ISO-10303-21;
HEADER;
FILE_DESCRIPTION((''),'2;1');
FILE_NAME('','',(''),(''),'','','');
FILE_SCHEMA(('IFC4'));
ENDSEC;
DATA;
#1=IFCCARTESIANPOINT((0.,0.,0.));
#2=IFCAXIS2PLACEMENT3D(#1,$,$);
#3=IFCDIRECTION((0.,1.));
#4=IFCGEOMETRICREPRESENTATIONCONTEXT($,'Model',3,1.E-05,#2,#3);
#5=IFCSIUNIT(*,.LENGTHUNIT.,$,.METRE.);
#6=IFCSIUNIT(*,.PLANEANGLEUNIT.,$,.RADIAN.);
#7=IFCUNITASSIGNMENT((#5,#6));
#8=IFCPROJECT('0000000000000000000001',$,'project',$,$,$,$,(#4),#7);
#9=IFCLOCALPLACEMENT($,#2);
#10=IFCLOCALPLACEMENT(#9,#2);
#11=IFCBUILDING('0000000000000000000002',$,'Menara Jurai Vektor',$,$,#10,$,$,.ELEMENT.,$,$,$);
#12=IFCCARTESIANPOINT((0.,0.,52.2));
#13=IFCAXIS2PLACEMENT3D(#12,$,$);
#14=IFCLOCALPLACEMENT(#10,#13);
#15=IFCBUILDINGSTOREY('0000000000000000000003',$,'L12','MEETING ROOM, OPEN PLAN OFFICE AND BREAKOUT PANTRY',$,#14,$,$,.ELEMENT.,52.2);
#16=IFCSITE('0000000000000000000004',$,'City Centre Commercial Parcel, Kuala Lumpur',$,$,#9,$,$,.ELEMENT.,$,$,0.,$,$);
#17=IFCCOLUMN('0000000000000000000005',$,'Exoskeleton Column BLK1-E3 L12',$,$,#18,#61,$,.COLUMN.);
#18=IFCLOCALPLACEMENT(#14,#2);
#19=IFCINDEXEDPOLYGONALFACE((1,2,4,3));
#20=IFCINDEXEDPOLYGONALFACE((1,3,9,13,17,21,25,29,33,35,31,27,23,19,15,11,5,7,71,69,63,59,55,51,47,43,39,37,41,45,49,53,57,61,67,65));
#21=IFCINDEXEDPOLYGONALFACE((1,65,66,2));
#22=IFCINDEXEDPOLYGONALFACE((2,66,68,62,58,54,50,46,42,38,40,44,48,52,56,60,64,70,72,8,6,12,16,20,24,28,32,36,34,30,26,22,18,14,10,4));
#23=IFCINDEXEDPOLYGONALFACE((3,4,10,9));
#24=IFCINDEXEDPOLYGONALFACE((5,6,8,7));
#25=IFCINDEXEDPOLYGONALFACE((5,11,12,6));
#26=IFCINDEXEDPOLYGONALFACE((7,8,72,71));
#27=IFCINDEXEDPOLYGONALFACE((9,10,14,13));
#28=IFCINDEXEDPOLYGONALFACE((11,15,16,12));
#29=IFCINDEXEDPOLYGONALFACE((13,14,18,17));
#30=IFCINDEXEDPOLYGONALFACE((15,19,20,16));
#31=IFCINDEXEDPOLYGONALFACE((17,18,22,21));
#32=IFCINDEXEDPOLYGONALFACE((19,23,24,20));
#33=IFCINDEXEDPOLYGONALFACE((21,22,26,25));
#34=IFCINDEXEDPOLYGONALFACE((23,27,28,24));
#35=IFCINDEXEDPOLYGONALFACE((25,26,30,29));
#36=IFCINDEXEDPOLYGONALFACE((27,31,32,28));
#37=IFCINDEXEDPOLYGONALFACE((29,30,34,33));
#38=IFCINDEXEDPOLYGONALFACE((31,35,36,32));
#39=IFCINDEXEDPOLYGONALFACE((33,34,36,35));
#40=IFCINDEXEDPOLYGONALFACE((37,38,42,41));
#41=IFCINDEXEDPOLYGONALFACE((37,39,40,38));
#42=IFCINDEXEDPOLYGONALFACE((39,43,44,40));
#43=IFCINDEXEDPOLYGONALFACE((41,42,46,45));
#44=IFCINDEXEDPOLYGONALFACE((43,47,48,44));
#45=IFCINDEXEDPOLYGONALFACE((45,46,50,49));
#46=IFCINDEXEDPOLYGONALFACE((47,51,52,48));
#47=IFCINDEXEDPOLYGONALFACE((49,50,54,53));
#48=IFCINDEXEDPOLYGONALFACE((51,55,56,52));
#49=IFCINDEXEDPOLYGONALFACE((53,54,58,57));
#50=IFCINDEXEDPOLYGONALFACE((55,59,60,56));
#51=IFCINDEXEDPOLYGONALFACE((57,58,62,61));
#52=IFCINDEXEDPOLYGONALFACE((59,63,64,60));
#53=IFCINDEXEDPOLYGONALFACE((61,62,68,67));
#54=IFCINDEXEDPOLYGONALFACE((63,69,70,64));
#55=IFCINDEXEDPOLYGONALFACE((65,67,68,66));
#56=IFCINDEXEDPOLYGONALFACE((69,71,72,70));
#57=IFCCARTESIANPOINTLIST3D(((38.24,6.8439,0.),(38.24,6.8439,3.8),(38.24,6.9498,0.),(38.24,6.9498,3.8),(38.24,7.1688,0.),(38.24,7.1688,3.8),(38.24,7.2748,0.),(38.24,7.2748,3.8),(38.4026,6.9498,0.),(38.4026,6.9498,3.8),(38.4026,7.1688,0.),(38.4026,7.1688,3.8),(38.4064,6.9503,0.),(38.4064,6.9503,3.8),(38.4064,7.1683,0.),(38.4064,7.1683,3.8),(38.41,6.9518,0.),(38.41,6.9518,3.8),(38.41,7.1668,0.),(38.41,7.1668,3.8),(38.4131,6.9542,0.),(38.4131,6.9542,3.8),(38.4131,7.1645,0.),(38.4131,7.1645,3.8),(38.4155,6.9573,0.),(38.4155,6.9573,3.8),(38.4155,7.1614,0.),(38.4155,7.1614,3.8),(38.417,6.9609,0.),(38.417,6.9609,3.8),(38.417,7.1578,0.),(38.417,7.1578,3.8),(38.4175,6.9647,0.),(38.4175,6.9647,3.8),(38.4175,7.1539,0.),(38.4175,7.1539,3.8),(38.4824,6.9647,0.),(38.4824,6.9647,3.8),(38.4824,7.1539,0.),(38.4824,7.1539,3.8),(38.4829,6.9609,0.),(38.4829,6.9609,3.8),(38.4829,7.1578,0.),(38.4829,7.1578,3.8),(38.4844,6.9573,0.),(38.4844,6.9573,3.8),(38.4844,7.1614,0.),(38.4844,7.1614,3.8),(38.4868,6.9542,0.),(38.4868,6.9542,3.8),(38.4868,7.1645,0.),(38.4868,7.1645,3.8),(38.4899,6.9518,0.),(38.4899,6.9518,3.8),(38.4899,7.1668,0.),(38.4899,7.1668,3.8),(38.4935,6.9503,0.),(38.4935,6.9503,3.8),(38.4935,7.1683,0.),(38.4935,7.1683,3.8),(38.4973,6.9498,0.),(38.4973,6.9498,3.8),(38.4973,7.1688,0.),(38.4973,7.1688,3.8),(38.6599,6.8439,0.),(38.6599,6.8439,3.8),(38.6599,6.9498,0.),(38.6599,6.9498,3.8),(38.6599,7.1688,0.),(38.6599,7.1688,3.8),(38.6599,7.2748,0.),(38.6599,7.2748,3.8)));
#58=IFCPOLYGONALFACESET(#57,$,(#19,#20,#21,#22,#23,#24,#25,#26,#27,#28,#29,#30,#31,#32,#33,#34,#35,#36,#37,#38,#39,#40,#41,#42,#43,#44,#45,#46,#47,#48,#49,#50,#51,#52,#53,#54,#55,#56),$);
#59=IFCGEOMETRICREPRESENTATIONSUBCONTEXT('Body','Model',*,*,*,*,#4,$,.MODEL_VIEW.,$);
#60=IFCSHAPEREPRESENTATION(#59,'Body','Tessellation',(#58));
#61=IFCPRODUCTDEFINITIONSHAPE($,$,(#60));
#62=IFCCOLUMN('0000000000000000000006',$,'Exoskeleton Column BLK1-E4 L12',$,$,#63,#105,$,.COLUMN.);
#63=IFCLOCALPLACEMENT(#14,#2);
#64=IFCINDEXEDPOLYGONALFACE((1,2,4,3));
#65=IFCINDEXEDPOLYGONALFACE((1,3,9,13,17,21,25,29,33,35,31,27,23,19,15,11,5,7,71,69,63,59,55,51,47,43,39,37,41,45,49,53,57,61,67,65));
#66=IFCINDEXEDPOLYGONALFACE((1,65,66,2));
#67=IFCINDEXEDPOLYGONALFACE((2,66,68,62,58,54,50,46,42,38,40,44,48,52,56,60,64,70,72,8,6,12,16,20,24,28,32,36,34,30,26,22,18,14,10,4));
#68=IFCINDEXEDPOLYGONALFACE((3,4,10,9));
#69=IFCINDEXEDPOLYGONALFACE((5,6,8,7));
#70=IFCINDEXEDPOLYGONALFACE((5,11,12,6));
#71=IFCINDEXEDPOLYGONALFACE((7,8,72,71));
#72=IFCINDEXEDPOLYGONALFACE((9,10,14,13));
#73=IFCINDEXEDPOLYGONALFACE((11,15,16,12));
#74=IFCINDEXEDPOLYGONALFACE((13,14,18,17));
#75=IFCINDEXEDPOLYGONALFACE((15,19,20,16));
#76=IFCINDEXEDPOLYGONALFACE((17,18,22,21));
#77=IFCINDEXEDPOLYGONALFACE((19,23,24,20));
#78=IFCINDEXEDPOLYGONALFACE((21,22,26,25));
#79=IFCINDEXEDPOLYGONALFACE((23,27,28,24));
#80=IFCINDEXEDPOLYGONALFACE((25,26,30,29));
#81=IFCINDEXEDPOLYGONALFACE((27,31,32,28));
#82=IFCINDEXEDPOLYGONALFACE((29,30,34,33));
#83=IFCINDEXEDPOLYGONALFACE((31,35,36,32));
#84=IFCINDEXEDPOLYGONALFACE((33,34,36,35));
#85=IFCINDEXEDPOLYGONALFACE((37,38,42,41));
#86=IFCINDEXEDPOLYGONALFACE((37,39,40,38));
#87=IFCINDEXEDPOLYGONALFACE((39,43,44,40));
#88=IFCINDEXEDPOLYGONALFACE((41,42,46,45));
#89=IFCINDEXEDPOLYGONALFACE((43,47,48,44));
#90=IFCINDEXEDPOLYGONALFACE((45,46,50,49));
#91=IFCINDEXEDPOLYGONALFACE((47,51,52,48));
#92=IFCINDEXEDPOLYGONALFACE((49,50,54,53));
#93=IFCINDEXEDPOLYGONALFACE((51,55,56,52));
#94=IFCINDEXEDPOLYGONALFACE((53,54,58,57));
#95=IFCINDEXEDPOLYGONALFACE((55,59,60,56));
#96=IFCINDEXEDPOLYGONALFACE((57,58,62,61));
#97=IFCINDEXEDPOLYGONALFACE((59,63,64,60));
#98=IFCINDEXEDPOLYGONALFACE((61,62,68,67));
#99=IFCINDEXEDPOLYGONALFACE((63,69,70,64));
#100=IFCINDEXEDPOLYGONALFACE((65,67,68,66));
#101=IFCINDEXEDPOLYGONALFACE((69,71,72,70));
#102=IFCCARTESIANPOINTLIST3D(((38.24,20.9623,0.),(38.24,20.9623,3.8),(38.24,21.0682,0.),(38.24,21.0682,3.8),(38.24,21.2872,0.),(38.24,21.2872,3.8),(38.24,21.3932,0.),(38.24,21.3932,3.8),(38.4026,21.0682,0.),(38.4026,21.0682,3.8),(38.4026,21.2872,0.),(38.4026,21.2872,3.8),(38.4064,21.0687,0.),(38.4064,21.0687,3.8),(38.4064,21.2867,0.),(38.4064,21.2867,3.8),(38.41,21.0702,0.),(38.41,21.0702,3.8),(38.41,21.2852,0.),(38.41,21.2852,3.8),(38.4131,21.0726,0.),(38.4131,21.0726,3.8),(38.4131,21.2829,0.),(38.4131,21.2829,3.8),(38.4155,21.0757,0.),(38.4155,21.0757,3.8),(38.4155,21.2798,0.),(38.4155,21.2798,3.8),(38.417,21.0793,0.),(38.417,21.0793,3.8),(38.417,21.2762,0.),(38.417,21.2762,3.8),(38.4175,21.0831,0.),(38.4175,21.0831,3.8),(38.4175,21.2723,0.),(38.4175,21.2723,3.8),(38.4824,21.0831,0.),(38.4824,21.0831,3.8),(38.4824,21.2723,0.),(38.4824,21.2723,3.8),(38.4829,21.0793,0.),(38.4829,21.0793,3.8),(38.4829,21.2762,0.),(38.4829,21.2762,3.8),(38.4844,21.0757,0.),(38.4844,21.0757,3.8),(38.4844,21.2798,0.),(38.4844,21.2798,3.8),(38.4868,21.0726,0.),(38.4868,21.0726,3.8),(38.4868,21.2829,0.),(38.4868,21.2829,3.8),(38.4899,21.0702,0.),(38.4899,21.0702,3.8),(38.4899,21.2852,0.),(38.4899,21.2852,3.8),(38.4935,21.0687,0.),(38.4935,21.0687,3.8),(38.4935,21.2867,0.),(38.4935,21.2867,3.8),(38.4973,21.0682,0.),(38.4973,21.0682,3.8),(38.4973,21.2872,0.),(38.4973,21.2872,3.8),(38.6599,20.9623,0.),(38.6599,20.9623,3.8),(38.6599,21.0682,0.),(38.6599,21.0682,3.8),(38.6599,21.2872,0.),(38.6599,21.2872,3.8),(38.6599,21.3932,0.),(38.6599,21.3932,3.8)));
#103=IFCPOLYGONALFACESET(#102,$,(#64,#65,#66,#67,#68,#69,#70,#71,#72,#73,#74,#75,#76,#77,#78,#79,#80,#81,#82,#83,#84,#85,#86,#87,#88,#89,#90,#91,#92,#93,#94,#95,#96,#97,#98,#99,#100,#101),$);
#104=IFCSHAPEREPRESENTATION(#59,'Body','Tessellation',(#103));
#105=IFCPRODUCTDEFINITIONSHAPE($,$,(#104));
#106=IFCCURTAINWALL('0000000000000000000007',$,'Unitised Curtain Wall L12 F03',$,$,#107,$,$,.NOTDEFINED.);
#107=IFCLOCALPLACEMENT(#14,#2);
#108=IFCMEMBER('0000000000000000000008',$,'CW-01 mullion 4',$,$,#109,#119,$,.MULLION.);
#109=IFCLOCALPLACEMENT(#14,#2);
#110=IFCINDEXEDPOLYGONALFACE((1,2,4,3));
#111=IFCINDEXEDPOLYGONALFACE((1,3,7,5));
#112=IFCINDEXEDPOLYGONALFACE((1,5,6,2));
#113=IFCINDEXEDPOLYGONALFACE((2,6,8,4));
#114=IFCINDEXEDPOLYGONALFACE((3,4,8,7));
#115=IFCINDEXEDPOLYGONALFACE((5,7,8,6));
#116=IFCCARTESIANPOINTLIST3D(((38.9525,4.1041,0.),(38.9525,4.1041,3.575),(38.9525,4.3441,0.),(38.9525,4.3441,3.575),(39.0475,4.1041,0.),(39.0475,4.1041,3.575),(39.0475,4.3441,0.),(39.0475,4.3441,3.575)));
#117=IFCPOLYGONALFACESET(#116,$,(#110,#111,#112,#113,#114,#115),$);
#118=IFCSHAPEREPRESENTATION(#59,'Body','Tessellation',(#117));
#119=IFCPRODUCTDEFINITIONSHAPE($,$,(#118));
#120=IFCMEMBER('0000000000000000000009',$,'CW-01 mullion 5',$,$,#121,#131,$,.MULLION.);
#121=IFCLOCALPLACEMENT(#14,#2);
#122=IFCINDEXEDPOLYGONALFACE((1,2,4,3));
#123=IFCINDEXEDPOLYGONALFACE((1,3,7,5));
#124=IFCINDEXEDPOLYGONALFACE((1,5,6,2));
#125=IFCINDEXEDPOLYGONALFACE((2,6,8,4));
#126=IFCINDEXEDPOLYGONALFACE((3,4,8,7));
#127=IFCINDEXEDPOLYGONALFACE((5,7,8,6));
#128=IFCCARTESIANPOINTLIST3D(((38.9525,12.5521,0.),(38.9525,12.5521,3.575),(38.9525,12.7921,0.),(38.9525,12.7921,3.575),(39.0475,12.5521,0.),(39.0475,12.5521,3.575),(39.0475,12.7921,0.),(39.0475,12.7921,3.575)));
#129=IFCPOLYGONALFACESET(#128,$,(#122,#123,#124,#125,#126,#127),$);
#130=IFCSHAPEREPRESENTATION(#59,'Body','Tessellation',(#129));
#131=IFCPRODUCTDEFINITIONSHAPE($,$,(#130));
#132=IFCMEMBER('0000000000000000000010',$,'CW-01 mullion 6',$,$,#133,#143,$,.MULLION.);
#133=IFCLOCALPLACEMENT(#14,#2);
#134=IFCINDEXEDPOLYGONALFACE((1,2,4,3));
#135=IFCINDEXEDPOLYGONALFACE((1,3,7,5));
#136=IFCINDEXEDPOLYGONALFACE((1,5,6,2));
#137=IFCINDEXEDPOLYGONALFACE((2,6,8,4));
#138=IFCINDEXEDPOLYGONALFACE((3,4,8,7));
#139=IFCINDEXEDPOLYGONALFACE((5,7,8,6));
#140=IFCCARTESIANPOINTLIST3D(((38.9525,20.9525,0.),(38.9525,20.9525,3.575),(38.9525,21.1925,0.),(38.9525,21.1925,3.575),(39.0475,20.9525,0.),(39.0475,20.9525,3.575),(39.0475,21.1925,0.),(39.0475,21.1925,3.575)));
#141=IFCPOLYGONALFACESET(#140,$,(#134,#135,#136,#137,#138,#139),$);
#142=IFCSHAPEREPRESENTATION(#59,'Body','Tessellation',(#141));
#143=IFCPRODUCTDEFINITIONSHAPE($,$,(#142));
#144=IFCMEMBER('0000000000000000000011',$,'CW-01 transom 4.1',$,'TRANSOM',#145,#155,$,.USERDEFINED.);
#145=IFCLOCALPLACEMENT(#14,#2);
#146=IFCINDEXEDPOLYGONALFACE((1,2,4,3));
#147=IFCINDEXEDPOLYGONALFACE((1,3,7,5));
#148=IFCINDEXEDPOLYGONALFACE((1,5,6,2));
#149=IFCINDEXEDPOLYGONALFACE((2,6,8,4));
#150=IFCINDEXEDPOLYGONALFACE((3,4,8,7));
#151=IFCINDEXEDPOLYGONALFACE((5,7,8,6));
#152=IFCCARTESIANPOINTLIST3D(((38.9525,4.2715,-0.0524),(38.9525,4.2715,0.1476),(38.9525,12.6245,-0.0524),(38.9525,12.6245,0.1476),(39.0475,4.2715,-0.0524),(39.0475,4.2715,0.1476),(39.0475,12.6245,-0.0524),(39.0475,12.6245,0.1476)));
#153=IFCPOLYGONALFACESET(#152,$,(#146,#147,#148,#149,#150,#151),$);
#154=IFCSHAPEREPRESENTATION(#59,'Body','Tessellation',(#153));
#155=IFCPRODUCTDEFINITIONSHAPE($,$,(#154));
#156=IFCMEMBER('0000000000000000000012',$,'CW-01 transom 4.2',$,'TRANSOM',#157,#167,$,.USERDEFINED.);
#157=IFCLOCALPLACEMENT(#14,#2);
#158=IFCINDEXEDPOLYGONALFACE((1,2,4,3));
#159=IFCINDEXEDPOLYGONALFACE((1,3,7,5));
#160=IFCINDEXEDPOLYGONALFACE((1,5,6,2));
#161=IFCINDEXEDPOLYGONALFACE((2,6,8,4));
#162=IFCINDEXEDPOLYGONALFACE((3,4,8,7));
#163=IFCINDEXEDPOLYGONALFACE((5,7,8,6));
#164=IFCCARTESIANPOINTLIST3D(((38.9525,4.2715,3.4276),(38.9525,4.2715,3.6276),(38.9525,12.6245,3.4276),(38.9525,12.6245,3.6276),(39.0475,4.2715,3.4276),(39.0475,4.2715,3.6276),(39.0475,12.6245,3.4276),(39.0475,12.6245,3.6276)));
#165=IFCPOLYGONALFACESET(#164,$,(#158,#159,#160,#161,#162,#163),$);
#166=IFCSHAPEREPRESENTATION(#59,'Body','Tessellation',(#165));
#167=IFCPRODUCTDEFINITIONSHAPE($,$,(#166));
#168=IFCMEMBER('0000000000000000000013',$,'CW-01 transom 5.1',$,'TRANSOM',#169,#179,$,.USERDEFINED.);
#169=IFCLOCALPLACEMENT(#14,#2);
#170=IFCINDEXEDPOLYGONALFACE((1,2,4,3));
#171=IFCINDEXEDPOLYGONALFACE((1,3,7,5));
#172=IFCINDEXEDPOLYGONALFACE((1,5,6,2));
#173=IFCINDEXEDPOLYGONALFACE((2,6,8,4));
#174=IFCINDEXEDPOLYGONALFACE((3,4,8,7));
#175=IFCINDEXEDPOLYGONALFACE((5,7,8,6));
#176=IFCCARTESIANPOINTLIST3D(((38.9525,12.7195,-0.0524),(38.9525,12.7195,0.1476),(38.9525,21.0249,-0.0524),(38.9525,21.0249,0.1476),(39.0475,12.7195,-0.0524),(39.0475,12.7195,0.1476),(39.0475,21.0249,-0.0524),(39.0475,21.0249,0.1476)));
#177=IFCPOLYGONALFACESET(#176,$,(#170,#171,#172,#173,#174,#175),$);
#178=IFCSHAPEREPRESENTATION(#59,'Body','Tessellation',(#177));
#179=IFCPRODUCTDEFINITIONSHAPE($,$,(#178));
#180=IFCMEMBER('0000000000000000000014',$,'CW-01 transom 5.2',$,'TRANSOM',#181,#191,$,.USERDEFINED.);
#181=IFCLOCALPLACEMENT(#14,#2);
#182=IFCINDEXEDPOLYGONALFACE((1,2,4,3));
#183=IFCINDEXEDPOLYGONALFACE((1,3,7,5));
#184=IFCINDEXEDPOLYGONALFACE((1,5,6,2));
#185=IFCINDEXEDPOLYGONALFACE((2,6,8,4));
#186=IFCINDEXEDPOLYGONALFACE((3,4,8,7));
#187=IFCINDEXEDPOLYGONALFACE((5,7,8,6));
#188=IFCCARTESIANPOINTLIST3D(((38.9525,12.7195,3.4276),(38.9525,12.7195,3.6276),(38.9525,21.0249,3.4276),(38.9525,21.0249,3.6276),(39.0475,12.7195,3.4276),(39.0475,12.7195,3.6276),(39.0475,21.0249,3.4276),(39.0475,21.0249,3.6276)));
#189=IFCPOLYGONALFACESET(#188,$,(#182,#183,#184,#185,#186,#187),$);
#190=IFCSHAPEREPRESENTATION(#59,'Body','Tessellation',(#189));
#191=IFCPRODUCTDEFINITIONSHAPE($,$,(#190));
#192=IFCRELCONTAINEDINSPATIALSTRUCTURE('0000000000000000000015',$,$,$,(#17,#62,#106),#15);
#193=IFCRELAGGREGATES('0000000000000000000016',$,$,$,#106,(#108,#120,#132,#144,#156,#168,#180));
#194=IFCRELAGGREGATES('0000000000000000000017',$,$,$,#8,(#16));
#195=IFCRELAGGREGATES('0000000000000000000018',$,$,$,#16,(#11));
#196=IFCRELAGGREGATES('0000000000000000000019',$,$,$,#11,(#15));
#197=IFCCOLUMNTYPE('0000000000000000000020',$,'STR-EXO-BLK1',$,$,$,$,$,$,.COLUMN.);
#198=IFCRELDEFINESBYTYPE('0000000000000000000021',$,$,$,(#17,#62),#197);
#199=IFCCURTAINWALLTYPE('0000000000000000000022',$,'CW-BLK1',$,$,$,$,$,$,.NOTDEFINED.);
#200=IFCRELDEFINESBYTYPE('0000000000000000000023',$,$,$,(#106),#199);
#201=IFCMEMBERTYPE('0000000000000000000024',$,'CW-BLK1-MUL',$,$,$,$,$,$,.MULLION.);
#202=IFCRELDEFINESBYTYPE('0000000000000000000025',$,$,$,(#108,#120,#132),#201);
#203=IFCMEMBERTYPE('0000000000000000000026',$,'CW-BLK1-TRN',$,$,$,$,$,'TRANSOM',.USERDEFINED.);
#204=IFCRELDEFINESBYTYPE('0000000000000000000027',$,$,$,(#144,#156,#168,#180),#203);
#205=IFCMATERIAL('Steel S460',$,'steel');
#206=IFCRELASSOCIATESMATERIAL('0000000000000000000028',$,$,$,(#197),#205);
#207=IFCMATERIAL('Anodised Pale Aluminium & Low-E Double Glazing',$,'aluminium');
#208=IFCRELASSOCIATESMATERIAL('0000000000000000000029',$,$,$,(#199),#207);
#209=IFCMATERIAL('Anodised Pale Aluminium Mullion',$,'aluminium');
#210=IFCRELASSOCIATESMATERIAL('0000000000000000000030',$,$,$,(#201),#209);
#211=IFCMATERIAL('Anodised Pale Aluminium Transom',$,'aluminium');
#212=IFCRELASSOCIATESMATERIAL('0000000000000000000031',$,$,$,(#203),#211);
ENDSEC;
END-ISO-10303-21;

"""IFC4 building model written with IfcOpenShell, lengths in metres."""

from ifc_helpers import new_model, si_unit, direction, frame, origin, origin_2d, place, context, subcontext, project, spatial, rectangle, i_section, extrude, material, material_profile, profile_set, type_object, element, aggregate, save


model = new_model("IFC4")

# Units and contexts
model_context = context("Model", 3, precision=1e-05, world=origin(), true_north=direction((0.0, 1.0)))
body_context = subcontext(model_context, "Body", "Model", "MODEL_VIEW")
ifc_project = project(units=[si_unit("LENGTHUNIT", "METRE"), si_unit("PLANEANGLEUNIT", "RADIAN")], contexts=[model_context])

# Site, building, storey
site_placement = place(None, origin())
site = spatial("IfcSite", under=ifc_project, at=site_placement, Name="City Centre Commercial Parcel, Kuala Lumpur", CompositionType="ELEMENT", RefElevation=0.0)
building_placement = place(site_placement, origin())
building = spatial("IfcBuilding", under=site, at=building_placement, Name="Menara Jurai Vektor", CompositionType="ELEMENT")
storey_placement = place(building_placement, frame((0.0, 0.0, 52.2)))
storey = spatial("IfcBuildingStorey", under=building, at=storey_placement, Name="L12", Description="MEETING ROOM, OPEN PLAN OFFICE AND BREAKOUT PANTRY", CompositionType="ELEMENT", Elevation=52.2)

# Columns
ifc_material_1 = material(Name="Steel S460", Category="steel")
ifc_material_profile_1 = material_profile(ifc_material_1, i_section(OverallWidth=0.4199, OverallDepth=0.4309, WebThickness=0.0649, FlangeThickness=0.106, FilletRadius=0.0149, at=origin_2d()), Name="HD 400x900")
ifc_profile_set_1 = profile_set([ifc_material_profile_1], Name="Steel S460")
column_type = type_object("IfcColumnType", Name="STR-EXO-BLK1", PredefinedType="COLUMN", material=ifc_profile_set_1)
for number, where, z_axis, x_axis, name in (
    (1, (38.45, 7.0593, 0.0), (0.0, 0.0, 1.0), (1.0, 0.0, 0.0), "Exoskeleton Column BLK1-E3 L12"),
    (2, (38.45, 21.1777, 0.0), (0.0, 0.0, 1.0), (1.0, 0.0, 0.0), "Exoskeleton Column BLK1-E4 L12"),
):
    element("IfcColumn", number, at=place(storey_placement, frame(where, z_axis=z_axis, x_axis=x_axis)), inside=storey, type_object=column_type, Name=name, PredefinedType="COLUMN", context=body_context, shape_type="SweptSolid", body=[
        extrude(i_section(OverallWidth=0.4199, OverallDepth=0.4309, WebThickness=0.0649, FlangeThickness=0.106, FilletRadius=0.0149, at=origin_2d()), origin(), (0.0, 0.0, 1.0), 3.8),
    ])

# Curtain wall, members
ifc_material_2 = material(Name="Anodised Pale Aluminium & Low-E Double Glazing", Category="aluminium")
curtain_wall_type = type_object("IfcCurtainWallType", Name="CW-BLK1", PredefinedType="NOTDEFINED", material=ifc_material_2)
curtain_wall_placement = place(storey_placement, origin())
curtain_wall = element("IfcCurtainWall", 3, at=curtain_wall_placement, inside=storey, type_object=curtain_wall_type, Name="Unitised Curtain Wall L12 F03", PredefinedType="NOTDEFINED")
ifc_material_3 = material(Name="Anodised Pale Aluminium Mullion", Category="aluminium")
ifc_material_profile_2 = material_profile(ifc_material_3, rectangle(XDim=0.095, YDim=0.24, at=origin_2d()), Name="ALU MUL 95x240")
ifc_profile_set_2 = profile_set([ifc_material_profile_2], Name="Anodised Pale Aluminium Mullion")
member_type_1 = type_object("IfcMemberType", Name="CW-BLK1-MUL", PredefinedType="MULLION", material=ifc_profile_set_2)
member_1_placement = place(storey_placement, frame((39.0, 4.2241, 0.0), z_axis=(0.0, 0.0, 1.0), x_axis=(-1.0, 0.0, 0.0)))
member_1 = element("IfcMember", 4, at=member_1_placement, type_object=member_type_1, Name="CW-01 mullion 4", PredefinedType="MULLION", context=body_context, shape_type="SweptSolid", body=[
    extrude(rectangle(XDim=0.095, YDim=0.24, at=origin_2d()), origin(), (0.0, 0.0, 1.0), 3.575),
])
member_2_placement = place(storey_placement, frame((39.0, 12.6721, 0.0), z_axis=(0.0, 0.0, 1.0), x_axis=(-1.0, 0.0, 0.0)))
member_2 = element("IfcMember", 5, at=member_2_placement, type_object=member_type_1, Name="CW-01 mullion 5", PredefinedType="MULLION", context=body_context, shape_type="SweptSolid", body=[
    extrude(rectangle(XDim=0.095, YDim=0.24, at=origin_2d()), origin(), (0.0, 0.0, 1.0), 3.575),
])
member_3_placement = place(storey_placement, frame((39.0, 21.0725, 0.0), z_axis=(0.0, 0.0, 1.0), x_axis=(-1.0, 0.0, 0.0)))
member_3 = element("IfcMember", 6, at=member_3_placement, type_object=member_type_1, Name="CW-01 mullion 6", PredefinedType="MULLION", context=body_context, shape_type="SweptSolid", body=[
    extrude(rectangle(XDim=0.095, YDim=0.24, at=origin_2d()), origin(), (0.0, 0.0, 1.0), 3.575),
])
ifc_material_4 = material(Name="Anodised Pale Aluminium Transom", Category="aluminium")
ifc_material_profile_3 = material_profile(ifc_material_4, rectangle(XDim=0.095, YDim=0.2, at=origin_2d()), Name="ALU TRN 95x200")
ifc_profile_set_3 = profile_set([ifc_material_profile_3], Name="Anodised Pale Aluminium Transom")
member_type_2 = type_object("IfcMemberType", Name="CW-BLK1-TRN", ElementType="TRANSOM", PredefinedType="USERDEFINED", material=ifc_profile_set_3)
member_4_placement = place(storey_placement, frame((39.0, 4.2715, 0.0476), z_axis=(0.0, 1.0, 0.0), x_axis=(-1.0, 0.0, 0.0)))
member_4 = element("IfcMember", 7, at=member_4_placement, type_object=member_type_2, Name="CW-01 transom 4.1", ObjectType="TRANSOM", PredefinedType="USERDEFINED", context=body_context, shape_type="SweptSolid", body=[
    extrude(rectangle(XDim=0.095, YDim=0.2, at=origin_2d()), origin(), (0.0, 0.0, 1.0), 8.353),
])
member_5_placement = place(storey_placement, frame((39.0, 4.2715, 3.5276), z_axis=(0.0, 1.0, 0.0), x_axis=(-1.0, 0.0, 0.0)))
member_5 = element("IfcMember", 8, at=member_5_placement, type_object=member_type_2, Name="CW-01 transom 4.2", ObjectType="TRANSOM", PredefinedType="USERDEFINED", context=body_context, shape_type="SweptSolid", body=[
    extrude(rectangle(XDim=0.095, YDim=0.2, at=origin_2d()), origin(), (0.0, 0.0, 1.0), 8.353),
])
member_6_placement = place(storey_placement, frame((39.0, 12.7195, 0.0476), z_axis=(0.0, 1.0, 0.0), x_axis=(-1.0, 0.0, 0.0)))
member_6 = element("IfcMember", 9, at=member_6_placement, type_object=member_type_2, Name="CW-01 transom 5.1", ObjectType="TRANSOM", PredefinedType="USERDEFINED", context=body_context, shape_type="SweptSolid", body=[
    extrude(rectangle(XDim=0.095, YDim=0.2, at=origin_2d()), origin(), (0.0, 0.0, 1.0), 8.3054),
])
member_7_placement = place(storey_placement, frame((39.0, 12.7195, 3.5276), z_axis=(0.0, 1.0, 0.0), x_axis=(-1.0, 0.0, 0.0)))
member_7 = element("IfcMember", 10, at=member_7_placement, type_object=member_type_2, Name="CW-01 transom 5.2", ObjectType="TRANSOM", PredefinedType="USERDEFINED", context=body_context, shape_type="SweptSolid", body=[
    extrude(rectangle(XDim=0.095, YDim=0.2, at=origin_2d()), origin(), (0.0, 0.0, 1.0), 8.3054),
])

aggregate(curtain_wall, [member_1, member_2, member_3, member_4, member_5, member_6, member_7])

save(model, "model.ifc")
